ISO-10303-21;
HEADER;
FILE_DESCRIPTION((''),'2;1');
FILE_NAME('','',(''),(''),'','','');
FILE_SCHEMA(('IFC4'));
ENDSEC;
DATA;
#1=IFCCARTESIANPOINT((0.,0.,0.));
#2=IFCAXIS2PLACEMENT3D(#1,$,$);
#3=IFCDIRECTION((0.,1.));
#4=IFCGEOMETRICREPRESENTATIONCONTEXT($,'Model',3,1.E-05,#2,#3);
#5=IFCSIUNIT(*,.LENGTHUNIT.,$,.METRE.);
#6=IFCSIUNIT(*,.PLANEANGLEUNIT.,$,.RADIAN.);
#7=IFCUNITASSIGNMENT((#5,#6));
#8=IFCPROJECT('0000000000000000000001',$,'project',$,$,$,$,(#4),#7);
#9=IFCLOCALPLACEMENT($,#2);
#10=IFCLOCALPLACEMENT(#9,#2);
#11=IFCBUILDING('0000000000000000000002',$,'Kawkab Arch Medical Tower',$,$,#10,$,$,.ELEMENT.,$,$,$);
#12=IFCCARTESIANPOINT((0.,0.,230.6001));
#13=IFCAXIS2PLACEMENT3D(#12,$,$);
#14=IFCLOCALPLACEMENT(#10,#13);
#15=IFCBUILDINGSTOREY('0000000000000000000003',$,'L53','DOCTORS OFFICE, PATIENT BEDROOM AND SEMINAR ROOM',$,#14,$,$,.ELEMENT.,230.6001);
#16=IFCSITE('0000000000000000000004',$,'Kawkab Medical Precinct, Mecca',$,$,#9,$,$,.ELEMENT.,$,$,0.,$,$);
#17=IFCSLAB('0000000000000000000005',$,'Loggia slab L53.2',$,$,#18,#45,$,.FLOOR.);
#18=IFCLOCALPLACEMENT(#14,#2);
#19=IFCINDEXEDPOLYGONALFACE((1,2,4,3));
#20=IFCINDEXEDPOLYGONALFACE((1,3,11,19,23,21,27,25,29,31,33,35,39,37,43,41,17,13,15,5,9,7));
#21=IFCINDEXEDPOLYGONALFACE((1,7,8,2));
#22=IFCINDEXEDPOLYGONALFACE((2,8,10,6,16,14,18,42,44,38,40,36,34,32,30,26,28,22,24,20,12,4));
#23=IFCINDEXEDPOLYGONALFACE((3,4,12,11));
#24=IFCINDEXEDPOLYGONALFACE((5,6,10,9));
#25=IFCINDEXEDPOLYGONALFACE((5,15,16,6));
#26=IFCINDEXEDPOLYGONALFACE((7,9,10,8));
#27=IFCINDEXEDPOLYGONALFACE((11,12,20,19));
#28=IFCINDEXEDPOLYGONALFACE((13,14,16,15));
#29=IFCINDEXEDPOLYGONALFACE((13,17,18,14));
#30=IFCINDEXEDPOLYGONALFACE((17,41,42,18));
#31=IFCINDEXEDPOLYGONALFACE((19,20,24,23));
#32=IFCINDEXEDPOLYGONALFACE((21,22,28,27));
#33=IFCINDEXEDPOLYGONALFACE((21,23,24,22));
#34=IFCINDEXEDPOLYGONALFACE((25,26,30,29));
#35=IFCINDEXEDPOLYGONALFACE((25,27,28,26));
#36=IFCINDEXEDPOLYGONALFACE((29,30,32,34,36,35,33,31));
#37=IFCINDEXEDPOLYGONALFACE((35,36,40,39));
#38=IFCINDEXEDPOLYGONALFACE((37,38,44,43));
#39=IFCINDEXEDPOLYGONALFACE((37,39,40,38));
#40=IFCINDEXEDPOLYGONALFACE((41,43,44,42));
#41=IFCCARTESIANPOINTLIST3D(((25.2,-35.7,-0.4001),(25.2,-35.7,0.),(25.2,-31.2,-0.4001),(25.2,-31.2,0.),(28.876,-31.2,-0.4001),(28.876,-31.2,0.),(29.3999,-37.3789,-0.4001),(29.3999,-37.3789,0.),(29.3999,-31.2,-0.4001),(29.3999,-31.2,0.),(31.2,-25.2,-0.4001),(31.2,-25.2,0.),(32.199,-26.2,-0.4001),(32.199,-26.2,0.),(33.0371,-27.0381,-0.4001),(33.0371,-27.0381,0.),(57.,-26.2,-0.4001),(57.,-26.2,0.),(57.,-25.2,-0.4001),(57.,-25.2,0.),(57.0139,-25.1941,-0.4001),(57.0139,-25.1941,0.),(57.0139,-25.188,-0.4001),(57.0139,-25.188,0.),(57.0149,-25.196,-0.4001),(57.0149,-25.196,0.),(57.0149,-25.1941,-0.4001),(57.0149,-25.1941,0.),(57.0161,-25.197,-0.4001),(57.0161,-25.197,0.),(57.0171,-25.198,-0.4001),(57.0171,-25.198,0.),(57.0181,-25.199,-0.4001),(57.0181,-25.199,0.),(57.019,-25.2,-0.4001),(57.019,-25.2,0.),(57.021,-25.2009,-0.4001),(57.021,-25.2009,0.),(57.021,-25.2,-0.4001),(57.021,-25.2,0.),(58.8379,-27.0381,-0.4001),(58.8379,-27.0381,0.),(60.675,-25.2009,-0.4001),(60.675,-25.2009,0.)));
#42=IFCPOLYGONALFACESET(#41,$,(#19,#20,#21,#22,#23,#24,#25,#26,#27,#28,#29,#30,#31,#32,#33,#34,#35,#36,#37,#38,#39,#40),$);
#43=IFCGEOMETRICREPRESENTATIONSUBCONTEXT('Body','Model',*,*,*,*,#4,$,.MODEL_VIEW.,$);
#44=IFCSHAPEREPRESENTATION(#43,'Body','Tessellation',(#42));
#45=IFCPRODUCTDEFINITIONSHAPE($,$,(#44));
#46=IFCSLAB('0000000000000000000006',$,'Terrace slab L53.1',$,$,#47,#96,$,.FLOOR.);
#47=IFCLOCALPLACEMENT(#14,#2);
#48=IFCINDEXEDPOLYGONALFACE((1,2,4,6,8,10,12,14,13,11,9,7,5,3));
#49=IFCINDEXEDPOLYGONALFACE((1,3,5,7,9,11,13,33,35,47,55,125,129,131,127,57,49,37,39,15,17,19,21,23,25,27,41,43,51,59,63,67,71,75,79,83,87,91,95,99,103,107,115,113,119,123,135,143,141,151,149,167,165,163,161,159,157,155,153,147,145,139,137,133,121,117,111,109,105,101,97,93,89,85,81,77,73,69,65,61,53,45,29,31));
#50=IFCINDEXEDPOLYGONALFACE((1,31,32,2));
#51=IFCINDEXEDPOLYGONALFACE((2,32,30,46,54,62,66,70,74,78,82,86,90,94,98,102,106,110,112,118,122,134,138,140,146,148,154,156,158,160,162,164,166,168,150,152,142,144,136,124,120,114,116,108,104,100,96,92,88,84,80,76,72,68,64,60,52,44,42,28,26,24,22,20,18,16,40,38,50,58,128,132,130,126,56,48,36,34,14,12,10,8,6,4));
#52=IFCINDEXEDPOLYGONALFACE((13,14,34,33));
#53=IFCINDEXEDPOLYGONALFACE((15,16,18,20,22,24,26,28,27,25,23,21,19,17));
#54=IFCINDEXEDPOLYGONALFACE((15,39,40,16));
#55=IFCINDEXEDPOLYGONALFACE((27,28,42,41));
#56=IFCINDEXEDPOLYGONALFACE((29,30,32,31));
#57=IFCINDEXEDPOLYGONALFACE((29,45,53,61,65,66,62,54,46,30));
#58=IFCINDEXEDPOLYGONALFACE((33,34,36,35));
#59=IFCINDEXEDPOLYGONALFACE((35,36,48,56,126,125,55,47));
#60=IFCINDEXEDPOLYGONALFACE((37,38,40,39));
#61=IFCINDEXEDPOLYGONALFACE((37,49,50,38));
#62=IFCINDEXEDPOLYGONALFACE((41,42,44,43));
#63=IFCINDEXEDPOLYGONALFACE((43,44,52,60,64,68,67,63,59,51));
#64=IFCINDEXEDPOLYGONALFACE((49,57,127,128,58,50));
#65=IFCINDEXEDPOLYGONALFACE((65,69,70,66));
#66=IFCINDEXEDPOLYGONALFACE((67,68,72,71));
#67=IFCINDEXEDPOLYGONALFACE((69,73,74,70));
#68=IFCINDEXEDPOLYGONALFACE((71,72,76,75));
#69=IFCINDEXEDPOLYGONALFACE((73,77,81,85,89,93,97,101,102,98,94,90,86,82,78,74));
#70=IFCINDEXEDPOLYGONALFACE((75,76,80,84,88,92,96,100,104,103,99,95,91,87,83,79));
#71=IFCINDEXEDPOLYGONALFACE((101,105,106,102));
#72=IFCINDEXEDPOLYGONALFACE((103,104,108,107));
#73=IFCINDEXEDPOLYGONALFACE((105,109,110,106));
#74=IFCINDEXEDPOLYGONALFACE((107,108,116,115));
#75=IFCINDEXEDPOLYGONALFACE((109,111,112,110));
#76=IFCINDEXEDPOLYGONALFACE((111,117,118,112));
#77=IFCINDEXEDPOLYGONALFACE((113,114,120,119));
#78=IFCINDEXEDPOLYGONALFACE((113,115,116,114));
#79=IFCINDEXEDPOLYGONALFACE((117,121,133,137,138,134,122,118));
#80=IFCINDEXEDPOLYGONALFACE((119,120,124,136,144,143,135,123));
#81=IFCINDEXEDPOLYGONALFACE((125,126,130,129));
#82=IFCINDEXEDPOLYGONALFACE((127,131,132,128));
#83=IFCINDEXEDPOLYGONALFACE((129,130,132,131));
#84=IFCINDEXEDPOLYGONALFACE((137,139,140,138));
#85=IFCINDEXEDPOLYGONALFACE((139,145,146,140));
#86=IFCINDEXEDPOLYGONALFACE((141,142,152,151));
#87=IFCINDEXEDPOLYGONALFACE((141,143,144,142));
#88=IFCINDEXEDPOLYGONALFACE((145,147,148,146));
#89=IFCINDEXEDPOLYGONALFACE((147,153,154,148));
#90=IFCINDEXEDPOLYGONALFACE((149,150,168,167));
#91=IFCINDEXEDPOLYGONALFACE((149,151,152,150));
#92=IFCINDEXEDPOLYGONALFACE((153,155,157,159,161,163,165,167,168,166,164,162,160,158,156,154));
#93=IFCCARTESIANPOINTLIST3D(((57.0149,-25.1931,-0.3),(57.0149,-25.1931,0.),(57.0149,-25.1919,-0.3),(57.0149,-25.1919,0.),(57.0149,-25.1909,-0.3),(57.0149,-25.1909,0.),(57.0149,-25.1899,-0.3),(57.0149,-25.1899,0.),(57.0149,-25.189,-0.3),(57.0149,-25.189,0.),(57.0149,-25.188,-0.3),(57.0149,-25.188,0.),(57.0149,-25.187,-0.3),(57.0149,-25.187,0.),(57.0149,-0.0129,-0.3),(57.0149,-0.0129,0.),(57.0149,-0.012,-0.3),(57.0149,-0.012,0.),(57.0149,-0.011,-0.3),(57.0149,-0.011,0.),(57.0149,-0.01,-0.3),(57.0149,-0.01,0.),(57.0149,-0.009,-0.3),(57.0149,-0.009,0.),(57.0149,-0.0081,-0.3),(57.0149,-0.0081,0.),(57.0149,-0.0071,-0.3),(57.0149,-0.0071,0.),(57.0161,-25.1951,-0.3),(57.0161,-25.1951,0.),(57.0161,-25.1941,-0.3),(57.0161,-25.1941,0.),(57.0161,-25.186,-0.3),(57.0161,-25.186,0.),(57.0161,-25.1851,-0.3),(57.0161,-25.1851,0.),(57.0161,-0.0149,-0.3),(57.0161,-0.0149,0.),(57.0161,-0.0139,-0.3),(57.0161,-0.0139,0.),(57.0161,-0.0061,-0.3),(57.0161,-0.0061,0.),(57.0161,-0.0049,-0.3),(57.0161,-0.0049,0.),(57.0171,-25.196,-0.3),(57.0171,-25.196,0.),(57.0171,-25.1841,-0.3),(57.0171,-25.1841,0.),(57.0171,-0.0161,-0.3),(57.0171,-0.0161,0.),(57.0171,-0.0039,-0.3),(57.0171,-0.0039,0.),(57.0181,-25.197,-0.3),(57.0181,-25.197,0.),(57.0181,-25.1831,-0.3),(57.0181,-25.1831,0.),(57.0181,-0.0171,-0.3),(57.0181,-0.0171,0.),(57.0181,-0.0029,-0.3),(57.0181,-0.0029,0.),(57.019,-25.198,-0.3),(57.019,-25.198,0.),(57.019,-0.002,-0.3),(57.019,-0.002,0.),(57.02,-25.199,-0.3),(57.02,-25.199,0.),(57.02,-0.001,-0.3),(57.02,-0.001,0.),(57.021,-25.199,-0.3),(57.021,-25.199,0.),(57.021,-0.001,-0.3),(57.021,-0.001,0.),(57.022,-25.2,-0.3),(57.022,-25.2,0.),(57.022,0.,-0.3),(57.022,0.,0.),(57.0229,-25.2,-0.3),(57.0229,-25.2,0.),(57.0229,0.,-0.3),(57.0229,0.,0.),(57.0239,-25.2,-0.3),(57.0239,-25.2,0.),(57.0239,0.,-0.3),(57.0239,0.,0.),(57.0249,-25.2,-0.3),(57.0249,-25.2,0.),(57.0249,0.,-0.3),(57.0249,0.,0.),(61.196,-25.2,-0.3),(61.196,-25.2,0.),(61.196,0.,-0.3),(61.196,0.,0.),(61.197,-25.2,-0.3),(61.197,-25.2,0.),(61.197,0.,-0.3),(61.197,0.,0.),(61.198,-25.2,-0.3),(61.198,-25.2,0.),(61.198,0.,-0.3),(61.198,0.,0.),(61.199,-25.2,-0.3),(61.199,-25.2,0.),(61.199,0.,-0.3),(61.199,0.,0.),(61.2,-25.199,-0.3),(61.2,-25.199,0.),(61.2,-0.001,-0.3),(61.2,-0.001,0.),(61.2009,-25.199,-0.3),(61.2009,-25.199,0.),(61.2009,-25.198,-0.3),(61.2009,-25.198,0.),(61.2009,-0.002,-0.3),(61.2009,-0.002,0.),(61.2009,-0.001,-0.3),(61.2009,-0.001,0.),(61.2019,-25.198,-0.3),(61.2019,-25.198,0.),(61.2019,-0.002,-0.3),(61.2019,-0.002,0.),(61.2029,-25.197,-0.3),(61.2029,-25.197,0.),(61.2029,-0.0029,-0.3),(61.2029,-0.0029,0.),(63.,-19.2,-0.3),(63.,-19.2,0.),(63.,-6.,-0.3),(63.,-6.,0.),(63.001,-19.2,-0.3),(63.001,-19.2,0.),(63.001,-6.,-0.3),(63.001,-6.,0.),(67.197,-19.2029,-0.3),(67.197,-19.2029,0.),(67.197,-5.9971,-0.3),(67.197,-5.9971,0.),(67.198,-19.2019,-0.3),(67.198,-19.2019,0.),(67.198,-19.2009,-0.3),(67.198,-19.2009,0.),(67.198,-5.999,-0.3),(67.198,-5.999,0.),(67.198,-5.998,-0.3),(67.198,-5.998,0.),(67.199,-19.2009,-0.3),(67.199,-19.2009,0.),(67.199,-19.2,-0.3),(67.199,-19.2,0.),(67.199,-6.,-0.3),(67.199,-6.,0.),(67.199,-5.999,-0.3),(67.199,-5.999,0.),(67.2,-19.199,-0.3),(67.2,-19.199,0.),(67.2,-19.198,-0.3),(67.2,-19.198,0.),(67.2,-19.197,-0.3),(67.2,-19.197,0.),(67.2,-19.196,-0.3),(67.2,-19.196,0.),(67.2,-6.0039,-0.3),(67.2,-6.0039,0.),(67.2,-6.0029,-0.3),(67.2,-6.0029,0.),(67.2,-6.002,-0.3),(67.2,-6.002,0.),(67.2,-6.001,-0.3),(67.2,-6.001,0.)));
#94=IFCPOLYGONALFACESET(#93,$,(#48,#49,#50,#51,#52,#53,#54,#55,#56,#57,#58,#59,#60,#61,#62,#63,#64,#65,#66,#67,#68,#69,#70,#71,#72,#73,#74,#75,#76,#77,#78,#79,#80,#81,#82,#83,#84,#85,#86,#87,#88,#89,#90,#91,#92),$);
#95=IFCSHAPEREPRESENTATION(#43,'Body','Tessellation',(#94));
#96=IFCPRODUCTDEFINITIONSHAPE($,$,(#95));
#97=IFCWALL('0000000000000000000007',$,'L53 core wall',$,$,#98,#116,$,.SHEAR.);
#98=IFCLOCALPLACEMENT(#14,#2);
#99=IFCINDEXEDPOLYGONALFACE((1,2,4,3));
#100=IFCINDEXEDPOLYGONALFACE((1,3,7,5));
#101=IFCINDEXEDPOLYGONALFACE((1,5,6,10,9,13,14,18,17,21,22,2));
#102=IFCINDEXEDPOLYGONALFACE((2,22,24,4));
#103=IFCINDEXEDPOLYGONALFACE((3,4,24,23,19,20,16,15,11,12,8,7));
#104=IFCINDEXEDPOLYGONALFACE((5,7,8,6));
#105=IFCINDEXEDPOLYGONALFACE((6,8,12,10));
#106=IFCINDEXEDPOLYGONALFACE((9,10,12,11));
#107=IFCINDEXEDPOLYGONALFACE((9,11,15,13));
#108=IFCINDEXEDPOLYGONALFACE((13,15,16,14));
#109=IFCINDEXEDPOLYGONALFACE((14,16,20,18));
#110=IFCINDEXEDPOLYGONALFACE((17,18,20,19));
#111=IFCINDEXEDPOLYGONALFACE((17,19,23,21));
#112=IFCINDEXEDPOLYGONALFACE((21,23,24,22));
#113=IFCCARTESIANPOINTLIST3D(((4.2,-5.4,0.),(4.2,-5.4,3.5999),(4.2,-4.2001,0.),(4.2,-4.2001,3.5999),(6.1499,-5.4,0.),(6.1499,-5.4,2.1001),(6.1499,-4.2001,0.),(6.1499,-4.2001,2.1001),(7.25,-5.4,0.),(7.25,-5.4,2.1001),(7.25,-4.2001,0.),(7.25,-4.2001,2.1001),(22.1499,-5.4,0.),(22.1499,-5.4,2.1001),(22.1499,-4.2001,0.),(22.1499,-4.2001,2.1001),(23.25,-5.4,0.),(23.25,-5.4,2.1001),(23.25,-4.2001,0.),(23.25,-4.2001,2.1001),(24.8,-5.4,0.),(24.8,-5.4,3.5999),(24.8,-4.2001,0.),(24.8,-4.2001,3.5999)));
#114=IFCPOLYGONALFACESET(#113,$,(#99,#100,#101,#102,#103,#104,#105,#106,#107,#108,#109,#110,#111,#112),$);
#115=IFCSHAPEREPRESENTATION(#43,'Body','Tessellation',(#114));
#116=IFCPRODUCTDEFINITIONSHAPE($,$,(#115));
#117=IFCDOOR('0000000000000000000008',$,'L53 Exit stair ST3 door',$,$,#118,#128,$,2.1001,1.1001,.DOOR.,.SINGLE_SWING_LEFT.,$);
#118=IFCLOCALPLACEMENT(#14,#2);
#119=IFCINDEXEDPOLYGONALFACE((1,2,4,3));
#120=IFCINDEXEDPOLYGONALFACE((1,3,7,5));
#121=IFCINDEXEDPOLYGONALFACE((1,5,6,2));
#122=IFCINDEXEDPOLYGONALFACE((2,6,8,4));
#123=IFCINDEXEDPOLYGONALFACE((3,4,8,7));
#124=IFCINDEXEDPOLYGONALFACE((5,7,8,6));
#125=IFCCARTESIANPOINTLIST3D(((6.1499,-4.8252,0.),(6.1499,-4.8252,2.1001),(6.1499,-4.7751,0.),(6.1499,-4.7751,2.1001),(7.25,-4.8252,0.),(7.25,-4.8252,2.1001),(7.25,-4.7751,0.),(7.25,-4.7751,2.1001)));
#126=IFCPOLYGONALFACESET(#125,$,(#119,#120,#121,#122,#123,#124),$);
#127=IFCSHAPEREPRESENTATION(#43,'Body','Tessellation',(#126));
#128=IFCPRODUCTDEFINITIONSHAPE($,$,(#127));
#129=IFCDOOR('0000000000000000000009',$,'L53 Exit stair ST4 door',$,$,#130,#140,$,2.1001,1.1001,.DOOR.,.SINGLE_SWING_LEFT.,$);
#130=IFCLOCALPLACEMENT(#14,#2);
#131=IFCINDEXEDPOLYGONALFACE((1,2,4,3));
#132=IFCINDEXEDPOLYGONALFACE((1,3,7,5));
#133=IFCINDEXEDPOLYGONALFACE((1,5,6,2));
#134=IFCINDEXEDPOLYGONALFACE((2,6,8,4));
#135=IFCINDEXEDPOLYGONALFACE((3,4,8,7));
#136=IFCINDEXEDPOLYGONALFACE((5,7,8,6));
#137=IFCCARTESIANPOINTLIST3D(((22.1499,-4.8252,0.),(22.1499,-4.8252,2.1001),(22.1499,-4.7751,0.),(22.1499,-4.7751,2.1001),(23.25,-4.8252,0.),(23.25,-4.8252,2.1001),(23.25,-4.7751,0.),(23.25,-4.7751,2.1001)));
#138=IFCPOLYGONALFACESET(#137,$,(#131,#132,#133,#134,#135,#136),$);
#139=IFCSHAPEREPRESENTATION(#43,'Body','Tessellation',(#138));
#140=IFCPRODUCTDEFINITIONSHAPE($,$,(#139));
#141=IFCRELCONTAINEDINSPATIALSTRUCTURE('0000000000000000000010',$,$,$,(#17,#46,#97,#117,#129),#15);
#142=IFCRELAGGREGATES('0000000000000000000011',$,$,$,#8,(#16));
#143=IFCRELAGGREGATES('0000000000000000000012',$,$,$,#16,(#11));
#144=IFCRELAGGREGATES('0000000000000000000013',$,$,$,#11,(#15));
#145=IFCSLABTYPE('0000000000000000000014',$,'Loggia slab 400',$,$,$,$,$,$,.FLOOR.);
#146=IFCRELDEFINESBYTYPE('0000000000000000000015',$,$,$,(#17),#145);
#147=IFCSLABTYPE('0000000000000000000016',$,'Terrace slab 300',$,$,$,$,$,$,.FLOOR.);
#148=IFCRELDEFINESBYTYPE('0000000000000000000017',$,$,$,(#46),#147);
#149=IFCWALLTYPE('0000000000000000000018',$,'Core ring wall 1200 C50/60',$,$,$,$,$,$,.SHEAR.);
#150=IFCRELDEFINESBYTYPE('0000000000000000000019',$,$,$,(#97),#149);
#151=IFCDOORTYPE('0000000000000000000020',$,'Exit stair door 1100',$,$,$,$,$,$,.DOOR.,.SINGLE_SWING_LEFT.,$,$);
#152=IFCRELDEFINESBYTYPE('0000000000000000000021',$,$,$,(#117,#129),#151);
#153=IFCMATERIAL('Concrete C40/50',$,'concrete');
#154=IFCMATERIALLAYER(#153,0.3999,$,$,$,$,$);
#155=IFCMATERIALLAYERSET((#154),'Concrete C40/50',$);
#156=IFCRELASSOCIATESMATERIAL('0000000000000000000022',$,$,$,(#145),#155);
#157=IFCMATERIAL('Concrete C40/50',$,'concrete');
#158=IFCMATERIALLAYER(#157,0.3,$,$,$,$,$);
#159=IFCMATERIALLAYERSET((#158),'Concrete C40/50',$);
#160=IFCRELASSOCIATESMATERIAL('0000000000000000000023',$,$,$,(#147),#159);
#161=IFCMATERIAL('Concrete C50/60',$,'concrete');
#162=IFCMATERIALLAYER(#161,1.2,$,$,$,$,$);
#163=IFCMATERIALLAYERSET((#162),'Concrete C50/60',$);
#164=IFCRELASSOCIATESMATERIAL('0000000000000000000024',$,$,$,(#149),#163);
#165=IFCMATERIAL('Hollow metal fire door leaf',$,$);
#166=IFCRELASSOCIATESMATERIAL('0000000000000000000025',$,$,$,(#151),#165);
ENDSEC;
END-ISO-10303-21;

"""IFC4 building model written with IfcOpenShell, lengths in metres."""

from ifc_helpers import new_model, si_unit, direction, frame, frame_2d, origin, place, context, subcontext, project, spatial, polyline, rectangle, outline, extrude, material, layer, layer_set, type_object, element, fill, save


model = new_model("IFC4")

# Units and contexts
model_context = context("Model", 3, precision=1e-05, world=origin(), true_north=direction((0.0, 1.0)))
body_context = subcontext(model_context, "Body", "Model", "MODEL_VIEW")
ifc_project = project(units=[si_unit("LENGTHUNIT", "METRE"), si_unit("PLANEANGLEUNIT", "RADIAN")], contexts=[model_context])

# Site, building, storey
site_placement = place(None, origin())
site = spatial("IfcSite", under=ifc_project, at=site_placement, Name="Kawkab Medical Precinct, Mecca", CompositionType="ELEMENT", RefElevation=0.0)
building_placement = place(site_placement, origin())
building = spatial("IfcBuilding", under=site, at=building_placement, Name="Kawkab Arch Medical Tower", CompositionType="ELEMENT")
storey_placement = place(building_placement, frame((0.0, 0.0, 230.6001)))
storey = spatial("IfcBuildingStorey", under=building, at=storey_placement, Name="L53", Description="DOCTORS OFFICE, PATIENT BEDROOM AND SEMINAR ROOM", CompositionType="ELEMENT", Elevation=230.6001)

# Slabs
ifc_material_1 = material(Name="Concrete C40/50", Category="concrete")
ifc_layer_1 = layer(ifc_material_1, 0.3999)
ifc_layer_set_1 = layer_set([ifc_layer_1], Name="Concrete C40/50")
slab_type_1 = type_object("IfcSlabType", Name="Loggia slab 400", PredefinedType="FLOOR", material=ifc_layer_set_1)
placement_1 = place(storey_placement, frame((0.0, 0.0, -0.4001)))
element("IfcSlab", 1, at=placement_1, inside=storey, type_object=slab_type_1, Name="Loggia slab L53.2", PredefinedType="FLOOR", context=body_context, shape_type="SweptSolid", body=[
    extrude(outline(polyline([(25.2, -31.2), (31.2, -25.2), (57.0, -25.2), (57.0139, -25.188), (57.0139, -25.1941), (57.0149, -25.1941), (57.0149, -25.196), (57.0161, -25.197), (57.0171, -25.198), (57.0181, -25.199), (57.019, -25.2), (57.021, -25.2), (57.021, -25.2009), (60.675, -25.2009), (58.8379, -27.0381), (57.0, -26.2), (32.199, -26.2), (33.0371, -27.0381), (28.876, -31.2), (29.3999, -31.2), (29.3999, -37.3789), (25.2, -35.7), (25.2, -31.2)])), origin(), (0.0, 0.0, 1.0), 0.4001),
])
ifc_material_2 = material(Name="Concrete C40/50", Category="concrete")
ifc_layer_2 = layer(ifc_material_2, 0.3)
ifc_layer_set_2 = layer_set([ifc_layer_2], Name="Concrete C40/50")
slab_type_2 = type_object("IfcSlabType", Name="Terrace slab 300", PredefinedType="FLOOR", material=ifc_layer_set_2)
slab_1_placement = place(storey_placement, frame((0.0, 0.0, -0.3)))
element("IfcSlab", 2, at=slab_1_placement, inside=storey, type_object=slab_type_2, Name="Terrace slab L53.1", PredefinedType="FLOOR", context=body_context, shape_type="SweptSolid", body=[
    extrude(outline(polyline([(61.196, 0.0), (57.0249, 0.0), (57.0239, 0.0), (57.0229, 0.0), (57.022, 0.0), (57.021, -0.001), (57.02, -0.001), (57.019, -0.002), (57.0181, -0.0029), (57.0171, -0.0039), (57.0161, -0.0049), (57.0161, -0.0061), (57.0149, -0.0071), (57.0149, -0.0081), (57.0149, -0.009), (57.0149, -0.01), (57.0149, -0.011), (57.0149, -0.012), (57.0149, -0.0129), (57.0161, -0.0139), (57.0161, -0.0149), (57.0171, -0.0161), (57.0181, -0.0171), (63.0, -6.0), (63.001, -6.0), (63.001, -19.2), (63.0, -19.2), (57.0181, -25.1831), (57.0171, -25.1841), (57.0161, -25.1851), (57.0161, -25.186), (57.0149, -25.187), (57.0149, -25.188), (57.0149, -25.189), (57.0149, -25.1899), (57.0149, -25.1909), (57.0149, -25.1919), (57.0149, -25.1931), (57.0161, -25.1941), (57.0161, -25.1951), (57.0171, -25.196), (57.0181, -25.197), (57.019, -25.198), (57.02, -25.199), (57.021, -25.199), (57.022, -25.2), (57.0229, -25.2), (57.0239, -25.2), (57.0249, -25.2), (61.196, -25.2), (61.197, -25.2), (61.198, -25.2), (61.199, -25.2), (61.2, -25.199), (61.2009, -25.199), (61.2009, -25.198), (61.2019, -25.198), (61.2029, -25.197), (67.197, -19.2029), (67.198, -19.2019), (67.198, -19.2009), (67.199, -19.2009), (67.199, -19.2), (67.2, -19.199), (67.2, -19.198), (67.2, -19.197), (67.2, -19.196), (67.2, -6.0039), (67.2, -6.0029), (67.2, -6.002), (67.2, -6.001), (67.199, -6.0), (67.199, -5.999), (67.198, -5.999), (67.198, -5.998), (67.197, -5.9971), (61.2029, -0.0029), (61.2019, -0.002), (61.2009, -0.002), (61.2009, -0.001), (61.2, -0.001), (61.199, 0.0), (61.198, 0.0), (61.197, 0.0), (61.196, 0.0)])), origin(), (0.0, 0.0, 1.0), 0.3),
])

# Wall, openings, doors
ifc_material_3 = material(Name="Concrete C50/60", Category="concrete")
ifc_layer_3 = layer(ifc_material_3, 1.2)
ifc_layer_set_3 = layer_set([ifc_layer_3], Name="Concrete C50/60")
wall_type_1 = type_object("IfcWallType", Name="Core ring wall 1200 C50/60", PredefinedType="SHEAR", material=ifc_layer_set_3)
wall_1_placement = place(storey_placement, frame((4.2, -4.8, 0.0), z_axis=(0.0, 0.0, 1.0), x_axis=(1.0, 0.0, 0.0)))
wall_1 = element("IfcWall", 3, at=wall_1_placement, inside=storey, type_object=wall_type_1, Name="L53 core wall", PredefinedType="SHEAR", context=body_context, shape_type="SweptSolid", body=[
    extrude(rectangle(XDim=20.6001, YDim=1.2, at=frame_2d((10.3, 0.0))), origin(), (0.0, 0.0, 1.0), 3.5999),
])
opening_1_placement = place(wall_1_placement, frame((1.95, 0.0, 0.0)))
opening_1 = element("IfcOpeningElement", 4, at=opening_1_placement, cuts=wall_1, PredefinedType="OPENING", context=body_context, shape_type="SweptSolid", body=[
    extrude(rectangle(XDim=1.1001, YDim=2.1001, at=frame_2d((0.55, 1.05))), frame((0.0, 0.6099, 0.0), z_axis=(0.0, -1.0, 0.0), x_axis=(1.0, 0.0, 0.0)), (0.0, 0.0, 1.0), 1.22),
])
opening_2_placement = place(wall_1_placement, frame((17.95, 0.0, 0.0)))
opening_2 = element("IfcOpeningElement", 5, at=opening_2_placement, cuts=wall_1, PredefinedType="OPENING", context=body_context, shape_type="SweptSolid", body=[
    extrude(rectangle(XDim=1.1001, YDim=2.1001, at=frame_2d((0.55, 1.05))), frame((0.0, 0.6099, 0.0), z_axis=(0.0, -1.0, 0.0), x_axis=(1.0, 0.0, 0.0)), (0.0, 0.0, 1.0), 1.22),
])
ifc_material_4 = material(Name="Hollow metal fire door leaf")
door_type = type_object("IfcDoorType", Name="Exit stair door 1100", OperationType="SINGLE_SWING_LEFT", PredefinedType="DOOR", material=ifc_material_4)
door_1_placement = place(opening_1_placement, origin())
door_1 = element("IfcDoor", 6, at=door_1_placement, inside=storey, type_object=door_type, Name="L53 Exit stair ST3 door", OperationType="SINGLE_SWING_LEFT", OverallHeight=2.1001, OverallWidth=1.1001, PredefinedType="DOOR", context=body_context, shape_type="SweptSolid", body=[
    extrude(rectangle(XDim=1.1001, YDim=2.1001, at=frame_2d((0.55, 1.05))), frame((0.0, 0.0249, 0.0), z_axis=(0.0, -1.0, 0.0), x_axis=(1.0, 0.0, 0.0)), (0.0, 0.0, 1.0), 0.05),
])
fill(opening_1, door_1)
door_2_placement = place(opening_2_placement, origin())
door_2 = element("IfcDoor", 7, at=door_2_placement, inside=storey, type_object=door_type, Name="L53 Exit stair ST4 door", OperationType="SINGLE_SWING_LEFT", OverallHeight=2.1001, OverallWidth=1.1001, PredefinedType="DOOR", context=body_context, shape_type="SweptSolid", body=[
    extrude(rectangle(XDim=1.1001, YDim=2.1001, at=frame_2d((0.55, 1.05))), frame((0.0, 0.0249, 0.0), z_axis=(0.0, -1.0, 0.0), x_axis=(1.0, 0.0, 0.0)), (0.0, 0.0, 1.0), 0.05),
])
fill(opening_2, door_2)

save(model, "model.ifc")
